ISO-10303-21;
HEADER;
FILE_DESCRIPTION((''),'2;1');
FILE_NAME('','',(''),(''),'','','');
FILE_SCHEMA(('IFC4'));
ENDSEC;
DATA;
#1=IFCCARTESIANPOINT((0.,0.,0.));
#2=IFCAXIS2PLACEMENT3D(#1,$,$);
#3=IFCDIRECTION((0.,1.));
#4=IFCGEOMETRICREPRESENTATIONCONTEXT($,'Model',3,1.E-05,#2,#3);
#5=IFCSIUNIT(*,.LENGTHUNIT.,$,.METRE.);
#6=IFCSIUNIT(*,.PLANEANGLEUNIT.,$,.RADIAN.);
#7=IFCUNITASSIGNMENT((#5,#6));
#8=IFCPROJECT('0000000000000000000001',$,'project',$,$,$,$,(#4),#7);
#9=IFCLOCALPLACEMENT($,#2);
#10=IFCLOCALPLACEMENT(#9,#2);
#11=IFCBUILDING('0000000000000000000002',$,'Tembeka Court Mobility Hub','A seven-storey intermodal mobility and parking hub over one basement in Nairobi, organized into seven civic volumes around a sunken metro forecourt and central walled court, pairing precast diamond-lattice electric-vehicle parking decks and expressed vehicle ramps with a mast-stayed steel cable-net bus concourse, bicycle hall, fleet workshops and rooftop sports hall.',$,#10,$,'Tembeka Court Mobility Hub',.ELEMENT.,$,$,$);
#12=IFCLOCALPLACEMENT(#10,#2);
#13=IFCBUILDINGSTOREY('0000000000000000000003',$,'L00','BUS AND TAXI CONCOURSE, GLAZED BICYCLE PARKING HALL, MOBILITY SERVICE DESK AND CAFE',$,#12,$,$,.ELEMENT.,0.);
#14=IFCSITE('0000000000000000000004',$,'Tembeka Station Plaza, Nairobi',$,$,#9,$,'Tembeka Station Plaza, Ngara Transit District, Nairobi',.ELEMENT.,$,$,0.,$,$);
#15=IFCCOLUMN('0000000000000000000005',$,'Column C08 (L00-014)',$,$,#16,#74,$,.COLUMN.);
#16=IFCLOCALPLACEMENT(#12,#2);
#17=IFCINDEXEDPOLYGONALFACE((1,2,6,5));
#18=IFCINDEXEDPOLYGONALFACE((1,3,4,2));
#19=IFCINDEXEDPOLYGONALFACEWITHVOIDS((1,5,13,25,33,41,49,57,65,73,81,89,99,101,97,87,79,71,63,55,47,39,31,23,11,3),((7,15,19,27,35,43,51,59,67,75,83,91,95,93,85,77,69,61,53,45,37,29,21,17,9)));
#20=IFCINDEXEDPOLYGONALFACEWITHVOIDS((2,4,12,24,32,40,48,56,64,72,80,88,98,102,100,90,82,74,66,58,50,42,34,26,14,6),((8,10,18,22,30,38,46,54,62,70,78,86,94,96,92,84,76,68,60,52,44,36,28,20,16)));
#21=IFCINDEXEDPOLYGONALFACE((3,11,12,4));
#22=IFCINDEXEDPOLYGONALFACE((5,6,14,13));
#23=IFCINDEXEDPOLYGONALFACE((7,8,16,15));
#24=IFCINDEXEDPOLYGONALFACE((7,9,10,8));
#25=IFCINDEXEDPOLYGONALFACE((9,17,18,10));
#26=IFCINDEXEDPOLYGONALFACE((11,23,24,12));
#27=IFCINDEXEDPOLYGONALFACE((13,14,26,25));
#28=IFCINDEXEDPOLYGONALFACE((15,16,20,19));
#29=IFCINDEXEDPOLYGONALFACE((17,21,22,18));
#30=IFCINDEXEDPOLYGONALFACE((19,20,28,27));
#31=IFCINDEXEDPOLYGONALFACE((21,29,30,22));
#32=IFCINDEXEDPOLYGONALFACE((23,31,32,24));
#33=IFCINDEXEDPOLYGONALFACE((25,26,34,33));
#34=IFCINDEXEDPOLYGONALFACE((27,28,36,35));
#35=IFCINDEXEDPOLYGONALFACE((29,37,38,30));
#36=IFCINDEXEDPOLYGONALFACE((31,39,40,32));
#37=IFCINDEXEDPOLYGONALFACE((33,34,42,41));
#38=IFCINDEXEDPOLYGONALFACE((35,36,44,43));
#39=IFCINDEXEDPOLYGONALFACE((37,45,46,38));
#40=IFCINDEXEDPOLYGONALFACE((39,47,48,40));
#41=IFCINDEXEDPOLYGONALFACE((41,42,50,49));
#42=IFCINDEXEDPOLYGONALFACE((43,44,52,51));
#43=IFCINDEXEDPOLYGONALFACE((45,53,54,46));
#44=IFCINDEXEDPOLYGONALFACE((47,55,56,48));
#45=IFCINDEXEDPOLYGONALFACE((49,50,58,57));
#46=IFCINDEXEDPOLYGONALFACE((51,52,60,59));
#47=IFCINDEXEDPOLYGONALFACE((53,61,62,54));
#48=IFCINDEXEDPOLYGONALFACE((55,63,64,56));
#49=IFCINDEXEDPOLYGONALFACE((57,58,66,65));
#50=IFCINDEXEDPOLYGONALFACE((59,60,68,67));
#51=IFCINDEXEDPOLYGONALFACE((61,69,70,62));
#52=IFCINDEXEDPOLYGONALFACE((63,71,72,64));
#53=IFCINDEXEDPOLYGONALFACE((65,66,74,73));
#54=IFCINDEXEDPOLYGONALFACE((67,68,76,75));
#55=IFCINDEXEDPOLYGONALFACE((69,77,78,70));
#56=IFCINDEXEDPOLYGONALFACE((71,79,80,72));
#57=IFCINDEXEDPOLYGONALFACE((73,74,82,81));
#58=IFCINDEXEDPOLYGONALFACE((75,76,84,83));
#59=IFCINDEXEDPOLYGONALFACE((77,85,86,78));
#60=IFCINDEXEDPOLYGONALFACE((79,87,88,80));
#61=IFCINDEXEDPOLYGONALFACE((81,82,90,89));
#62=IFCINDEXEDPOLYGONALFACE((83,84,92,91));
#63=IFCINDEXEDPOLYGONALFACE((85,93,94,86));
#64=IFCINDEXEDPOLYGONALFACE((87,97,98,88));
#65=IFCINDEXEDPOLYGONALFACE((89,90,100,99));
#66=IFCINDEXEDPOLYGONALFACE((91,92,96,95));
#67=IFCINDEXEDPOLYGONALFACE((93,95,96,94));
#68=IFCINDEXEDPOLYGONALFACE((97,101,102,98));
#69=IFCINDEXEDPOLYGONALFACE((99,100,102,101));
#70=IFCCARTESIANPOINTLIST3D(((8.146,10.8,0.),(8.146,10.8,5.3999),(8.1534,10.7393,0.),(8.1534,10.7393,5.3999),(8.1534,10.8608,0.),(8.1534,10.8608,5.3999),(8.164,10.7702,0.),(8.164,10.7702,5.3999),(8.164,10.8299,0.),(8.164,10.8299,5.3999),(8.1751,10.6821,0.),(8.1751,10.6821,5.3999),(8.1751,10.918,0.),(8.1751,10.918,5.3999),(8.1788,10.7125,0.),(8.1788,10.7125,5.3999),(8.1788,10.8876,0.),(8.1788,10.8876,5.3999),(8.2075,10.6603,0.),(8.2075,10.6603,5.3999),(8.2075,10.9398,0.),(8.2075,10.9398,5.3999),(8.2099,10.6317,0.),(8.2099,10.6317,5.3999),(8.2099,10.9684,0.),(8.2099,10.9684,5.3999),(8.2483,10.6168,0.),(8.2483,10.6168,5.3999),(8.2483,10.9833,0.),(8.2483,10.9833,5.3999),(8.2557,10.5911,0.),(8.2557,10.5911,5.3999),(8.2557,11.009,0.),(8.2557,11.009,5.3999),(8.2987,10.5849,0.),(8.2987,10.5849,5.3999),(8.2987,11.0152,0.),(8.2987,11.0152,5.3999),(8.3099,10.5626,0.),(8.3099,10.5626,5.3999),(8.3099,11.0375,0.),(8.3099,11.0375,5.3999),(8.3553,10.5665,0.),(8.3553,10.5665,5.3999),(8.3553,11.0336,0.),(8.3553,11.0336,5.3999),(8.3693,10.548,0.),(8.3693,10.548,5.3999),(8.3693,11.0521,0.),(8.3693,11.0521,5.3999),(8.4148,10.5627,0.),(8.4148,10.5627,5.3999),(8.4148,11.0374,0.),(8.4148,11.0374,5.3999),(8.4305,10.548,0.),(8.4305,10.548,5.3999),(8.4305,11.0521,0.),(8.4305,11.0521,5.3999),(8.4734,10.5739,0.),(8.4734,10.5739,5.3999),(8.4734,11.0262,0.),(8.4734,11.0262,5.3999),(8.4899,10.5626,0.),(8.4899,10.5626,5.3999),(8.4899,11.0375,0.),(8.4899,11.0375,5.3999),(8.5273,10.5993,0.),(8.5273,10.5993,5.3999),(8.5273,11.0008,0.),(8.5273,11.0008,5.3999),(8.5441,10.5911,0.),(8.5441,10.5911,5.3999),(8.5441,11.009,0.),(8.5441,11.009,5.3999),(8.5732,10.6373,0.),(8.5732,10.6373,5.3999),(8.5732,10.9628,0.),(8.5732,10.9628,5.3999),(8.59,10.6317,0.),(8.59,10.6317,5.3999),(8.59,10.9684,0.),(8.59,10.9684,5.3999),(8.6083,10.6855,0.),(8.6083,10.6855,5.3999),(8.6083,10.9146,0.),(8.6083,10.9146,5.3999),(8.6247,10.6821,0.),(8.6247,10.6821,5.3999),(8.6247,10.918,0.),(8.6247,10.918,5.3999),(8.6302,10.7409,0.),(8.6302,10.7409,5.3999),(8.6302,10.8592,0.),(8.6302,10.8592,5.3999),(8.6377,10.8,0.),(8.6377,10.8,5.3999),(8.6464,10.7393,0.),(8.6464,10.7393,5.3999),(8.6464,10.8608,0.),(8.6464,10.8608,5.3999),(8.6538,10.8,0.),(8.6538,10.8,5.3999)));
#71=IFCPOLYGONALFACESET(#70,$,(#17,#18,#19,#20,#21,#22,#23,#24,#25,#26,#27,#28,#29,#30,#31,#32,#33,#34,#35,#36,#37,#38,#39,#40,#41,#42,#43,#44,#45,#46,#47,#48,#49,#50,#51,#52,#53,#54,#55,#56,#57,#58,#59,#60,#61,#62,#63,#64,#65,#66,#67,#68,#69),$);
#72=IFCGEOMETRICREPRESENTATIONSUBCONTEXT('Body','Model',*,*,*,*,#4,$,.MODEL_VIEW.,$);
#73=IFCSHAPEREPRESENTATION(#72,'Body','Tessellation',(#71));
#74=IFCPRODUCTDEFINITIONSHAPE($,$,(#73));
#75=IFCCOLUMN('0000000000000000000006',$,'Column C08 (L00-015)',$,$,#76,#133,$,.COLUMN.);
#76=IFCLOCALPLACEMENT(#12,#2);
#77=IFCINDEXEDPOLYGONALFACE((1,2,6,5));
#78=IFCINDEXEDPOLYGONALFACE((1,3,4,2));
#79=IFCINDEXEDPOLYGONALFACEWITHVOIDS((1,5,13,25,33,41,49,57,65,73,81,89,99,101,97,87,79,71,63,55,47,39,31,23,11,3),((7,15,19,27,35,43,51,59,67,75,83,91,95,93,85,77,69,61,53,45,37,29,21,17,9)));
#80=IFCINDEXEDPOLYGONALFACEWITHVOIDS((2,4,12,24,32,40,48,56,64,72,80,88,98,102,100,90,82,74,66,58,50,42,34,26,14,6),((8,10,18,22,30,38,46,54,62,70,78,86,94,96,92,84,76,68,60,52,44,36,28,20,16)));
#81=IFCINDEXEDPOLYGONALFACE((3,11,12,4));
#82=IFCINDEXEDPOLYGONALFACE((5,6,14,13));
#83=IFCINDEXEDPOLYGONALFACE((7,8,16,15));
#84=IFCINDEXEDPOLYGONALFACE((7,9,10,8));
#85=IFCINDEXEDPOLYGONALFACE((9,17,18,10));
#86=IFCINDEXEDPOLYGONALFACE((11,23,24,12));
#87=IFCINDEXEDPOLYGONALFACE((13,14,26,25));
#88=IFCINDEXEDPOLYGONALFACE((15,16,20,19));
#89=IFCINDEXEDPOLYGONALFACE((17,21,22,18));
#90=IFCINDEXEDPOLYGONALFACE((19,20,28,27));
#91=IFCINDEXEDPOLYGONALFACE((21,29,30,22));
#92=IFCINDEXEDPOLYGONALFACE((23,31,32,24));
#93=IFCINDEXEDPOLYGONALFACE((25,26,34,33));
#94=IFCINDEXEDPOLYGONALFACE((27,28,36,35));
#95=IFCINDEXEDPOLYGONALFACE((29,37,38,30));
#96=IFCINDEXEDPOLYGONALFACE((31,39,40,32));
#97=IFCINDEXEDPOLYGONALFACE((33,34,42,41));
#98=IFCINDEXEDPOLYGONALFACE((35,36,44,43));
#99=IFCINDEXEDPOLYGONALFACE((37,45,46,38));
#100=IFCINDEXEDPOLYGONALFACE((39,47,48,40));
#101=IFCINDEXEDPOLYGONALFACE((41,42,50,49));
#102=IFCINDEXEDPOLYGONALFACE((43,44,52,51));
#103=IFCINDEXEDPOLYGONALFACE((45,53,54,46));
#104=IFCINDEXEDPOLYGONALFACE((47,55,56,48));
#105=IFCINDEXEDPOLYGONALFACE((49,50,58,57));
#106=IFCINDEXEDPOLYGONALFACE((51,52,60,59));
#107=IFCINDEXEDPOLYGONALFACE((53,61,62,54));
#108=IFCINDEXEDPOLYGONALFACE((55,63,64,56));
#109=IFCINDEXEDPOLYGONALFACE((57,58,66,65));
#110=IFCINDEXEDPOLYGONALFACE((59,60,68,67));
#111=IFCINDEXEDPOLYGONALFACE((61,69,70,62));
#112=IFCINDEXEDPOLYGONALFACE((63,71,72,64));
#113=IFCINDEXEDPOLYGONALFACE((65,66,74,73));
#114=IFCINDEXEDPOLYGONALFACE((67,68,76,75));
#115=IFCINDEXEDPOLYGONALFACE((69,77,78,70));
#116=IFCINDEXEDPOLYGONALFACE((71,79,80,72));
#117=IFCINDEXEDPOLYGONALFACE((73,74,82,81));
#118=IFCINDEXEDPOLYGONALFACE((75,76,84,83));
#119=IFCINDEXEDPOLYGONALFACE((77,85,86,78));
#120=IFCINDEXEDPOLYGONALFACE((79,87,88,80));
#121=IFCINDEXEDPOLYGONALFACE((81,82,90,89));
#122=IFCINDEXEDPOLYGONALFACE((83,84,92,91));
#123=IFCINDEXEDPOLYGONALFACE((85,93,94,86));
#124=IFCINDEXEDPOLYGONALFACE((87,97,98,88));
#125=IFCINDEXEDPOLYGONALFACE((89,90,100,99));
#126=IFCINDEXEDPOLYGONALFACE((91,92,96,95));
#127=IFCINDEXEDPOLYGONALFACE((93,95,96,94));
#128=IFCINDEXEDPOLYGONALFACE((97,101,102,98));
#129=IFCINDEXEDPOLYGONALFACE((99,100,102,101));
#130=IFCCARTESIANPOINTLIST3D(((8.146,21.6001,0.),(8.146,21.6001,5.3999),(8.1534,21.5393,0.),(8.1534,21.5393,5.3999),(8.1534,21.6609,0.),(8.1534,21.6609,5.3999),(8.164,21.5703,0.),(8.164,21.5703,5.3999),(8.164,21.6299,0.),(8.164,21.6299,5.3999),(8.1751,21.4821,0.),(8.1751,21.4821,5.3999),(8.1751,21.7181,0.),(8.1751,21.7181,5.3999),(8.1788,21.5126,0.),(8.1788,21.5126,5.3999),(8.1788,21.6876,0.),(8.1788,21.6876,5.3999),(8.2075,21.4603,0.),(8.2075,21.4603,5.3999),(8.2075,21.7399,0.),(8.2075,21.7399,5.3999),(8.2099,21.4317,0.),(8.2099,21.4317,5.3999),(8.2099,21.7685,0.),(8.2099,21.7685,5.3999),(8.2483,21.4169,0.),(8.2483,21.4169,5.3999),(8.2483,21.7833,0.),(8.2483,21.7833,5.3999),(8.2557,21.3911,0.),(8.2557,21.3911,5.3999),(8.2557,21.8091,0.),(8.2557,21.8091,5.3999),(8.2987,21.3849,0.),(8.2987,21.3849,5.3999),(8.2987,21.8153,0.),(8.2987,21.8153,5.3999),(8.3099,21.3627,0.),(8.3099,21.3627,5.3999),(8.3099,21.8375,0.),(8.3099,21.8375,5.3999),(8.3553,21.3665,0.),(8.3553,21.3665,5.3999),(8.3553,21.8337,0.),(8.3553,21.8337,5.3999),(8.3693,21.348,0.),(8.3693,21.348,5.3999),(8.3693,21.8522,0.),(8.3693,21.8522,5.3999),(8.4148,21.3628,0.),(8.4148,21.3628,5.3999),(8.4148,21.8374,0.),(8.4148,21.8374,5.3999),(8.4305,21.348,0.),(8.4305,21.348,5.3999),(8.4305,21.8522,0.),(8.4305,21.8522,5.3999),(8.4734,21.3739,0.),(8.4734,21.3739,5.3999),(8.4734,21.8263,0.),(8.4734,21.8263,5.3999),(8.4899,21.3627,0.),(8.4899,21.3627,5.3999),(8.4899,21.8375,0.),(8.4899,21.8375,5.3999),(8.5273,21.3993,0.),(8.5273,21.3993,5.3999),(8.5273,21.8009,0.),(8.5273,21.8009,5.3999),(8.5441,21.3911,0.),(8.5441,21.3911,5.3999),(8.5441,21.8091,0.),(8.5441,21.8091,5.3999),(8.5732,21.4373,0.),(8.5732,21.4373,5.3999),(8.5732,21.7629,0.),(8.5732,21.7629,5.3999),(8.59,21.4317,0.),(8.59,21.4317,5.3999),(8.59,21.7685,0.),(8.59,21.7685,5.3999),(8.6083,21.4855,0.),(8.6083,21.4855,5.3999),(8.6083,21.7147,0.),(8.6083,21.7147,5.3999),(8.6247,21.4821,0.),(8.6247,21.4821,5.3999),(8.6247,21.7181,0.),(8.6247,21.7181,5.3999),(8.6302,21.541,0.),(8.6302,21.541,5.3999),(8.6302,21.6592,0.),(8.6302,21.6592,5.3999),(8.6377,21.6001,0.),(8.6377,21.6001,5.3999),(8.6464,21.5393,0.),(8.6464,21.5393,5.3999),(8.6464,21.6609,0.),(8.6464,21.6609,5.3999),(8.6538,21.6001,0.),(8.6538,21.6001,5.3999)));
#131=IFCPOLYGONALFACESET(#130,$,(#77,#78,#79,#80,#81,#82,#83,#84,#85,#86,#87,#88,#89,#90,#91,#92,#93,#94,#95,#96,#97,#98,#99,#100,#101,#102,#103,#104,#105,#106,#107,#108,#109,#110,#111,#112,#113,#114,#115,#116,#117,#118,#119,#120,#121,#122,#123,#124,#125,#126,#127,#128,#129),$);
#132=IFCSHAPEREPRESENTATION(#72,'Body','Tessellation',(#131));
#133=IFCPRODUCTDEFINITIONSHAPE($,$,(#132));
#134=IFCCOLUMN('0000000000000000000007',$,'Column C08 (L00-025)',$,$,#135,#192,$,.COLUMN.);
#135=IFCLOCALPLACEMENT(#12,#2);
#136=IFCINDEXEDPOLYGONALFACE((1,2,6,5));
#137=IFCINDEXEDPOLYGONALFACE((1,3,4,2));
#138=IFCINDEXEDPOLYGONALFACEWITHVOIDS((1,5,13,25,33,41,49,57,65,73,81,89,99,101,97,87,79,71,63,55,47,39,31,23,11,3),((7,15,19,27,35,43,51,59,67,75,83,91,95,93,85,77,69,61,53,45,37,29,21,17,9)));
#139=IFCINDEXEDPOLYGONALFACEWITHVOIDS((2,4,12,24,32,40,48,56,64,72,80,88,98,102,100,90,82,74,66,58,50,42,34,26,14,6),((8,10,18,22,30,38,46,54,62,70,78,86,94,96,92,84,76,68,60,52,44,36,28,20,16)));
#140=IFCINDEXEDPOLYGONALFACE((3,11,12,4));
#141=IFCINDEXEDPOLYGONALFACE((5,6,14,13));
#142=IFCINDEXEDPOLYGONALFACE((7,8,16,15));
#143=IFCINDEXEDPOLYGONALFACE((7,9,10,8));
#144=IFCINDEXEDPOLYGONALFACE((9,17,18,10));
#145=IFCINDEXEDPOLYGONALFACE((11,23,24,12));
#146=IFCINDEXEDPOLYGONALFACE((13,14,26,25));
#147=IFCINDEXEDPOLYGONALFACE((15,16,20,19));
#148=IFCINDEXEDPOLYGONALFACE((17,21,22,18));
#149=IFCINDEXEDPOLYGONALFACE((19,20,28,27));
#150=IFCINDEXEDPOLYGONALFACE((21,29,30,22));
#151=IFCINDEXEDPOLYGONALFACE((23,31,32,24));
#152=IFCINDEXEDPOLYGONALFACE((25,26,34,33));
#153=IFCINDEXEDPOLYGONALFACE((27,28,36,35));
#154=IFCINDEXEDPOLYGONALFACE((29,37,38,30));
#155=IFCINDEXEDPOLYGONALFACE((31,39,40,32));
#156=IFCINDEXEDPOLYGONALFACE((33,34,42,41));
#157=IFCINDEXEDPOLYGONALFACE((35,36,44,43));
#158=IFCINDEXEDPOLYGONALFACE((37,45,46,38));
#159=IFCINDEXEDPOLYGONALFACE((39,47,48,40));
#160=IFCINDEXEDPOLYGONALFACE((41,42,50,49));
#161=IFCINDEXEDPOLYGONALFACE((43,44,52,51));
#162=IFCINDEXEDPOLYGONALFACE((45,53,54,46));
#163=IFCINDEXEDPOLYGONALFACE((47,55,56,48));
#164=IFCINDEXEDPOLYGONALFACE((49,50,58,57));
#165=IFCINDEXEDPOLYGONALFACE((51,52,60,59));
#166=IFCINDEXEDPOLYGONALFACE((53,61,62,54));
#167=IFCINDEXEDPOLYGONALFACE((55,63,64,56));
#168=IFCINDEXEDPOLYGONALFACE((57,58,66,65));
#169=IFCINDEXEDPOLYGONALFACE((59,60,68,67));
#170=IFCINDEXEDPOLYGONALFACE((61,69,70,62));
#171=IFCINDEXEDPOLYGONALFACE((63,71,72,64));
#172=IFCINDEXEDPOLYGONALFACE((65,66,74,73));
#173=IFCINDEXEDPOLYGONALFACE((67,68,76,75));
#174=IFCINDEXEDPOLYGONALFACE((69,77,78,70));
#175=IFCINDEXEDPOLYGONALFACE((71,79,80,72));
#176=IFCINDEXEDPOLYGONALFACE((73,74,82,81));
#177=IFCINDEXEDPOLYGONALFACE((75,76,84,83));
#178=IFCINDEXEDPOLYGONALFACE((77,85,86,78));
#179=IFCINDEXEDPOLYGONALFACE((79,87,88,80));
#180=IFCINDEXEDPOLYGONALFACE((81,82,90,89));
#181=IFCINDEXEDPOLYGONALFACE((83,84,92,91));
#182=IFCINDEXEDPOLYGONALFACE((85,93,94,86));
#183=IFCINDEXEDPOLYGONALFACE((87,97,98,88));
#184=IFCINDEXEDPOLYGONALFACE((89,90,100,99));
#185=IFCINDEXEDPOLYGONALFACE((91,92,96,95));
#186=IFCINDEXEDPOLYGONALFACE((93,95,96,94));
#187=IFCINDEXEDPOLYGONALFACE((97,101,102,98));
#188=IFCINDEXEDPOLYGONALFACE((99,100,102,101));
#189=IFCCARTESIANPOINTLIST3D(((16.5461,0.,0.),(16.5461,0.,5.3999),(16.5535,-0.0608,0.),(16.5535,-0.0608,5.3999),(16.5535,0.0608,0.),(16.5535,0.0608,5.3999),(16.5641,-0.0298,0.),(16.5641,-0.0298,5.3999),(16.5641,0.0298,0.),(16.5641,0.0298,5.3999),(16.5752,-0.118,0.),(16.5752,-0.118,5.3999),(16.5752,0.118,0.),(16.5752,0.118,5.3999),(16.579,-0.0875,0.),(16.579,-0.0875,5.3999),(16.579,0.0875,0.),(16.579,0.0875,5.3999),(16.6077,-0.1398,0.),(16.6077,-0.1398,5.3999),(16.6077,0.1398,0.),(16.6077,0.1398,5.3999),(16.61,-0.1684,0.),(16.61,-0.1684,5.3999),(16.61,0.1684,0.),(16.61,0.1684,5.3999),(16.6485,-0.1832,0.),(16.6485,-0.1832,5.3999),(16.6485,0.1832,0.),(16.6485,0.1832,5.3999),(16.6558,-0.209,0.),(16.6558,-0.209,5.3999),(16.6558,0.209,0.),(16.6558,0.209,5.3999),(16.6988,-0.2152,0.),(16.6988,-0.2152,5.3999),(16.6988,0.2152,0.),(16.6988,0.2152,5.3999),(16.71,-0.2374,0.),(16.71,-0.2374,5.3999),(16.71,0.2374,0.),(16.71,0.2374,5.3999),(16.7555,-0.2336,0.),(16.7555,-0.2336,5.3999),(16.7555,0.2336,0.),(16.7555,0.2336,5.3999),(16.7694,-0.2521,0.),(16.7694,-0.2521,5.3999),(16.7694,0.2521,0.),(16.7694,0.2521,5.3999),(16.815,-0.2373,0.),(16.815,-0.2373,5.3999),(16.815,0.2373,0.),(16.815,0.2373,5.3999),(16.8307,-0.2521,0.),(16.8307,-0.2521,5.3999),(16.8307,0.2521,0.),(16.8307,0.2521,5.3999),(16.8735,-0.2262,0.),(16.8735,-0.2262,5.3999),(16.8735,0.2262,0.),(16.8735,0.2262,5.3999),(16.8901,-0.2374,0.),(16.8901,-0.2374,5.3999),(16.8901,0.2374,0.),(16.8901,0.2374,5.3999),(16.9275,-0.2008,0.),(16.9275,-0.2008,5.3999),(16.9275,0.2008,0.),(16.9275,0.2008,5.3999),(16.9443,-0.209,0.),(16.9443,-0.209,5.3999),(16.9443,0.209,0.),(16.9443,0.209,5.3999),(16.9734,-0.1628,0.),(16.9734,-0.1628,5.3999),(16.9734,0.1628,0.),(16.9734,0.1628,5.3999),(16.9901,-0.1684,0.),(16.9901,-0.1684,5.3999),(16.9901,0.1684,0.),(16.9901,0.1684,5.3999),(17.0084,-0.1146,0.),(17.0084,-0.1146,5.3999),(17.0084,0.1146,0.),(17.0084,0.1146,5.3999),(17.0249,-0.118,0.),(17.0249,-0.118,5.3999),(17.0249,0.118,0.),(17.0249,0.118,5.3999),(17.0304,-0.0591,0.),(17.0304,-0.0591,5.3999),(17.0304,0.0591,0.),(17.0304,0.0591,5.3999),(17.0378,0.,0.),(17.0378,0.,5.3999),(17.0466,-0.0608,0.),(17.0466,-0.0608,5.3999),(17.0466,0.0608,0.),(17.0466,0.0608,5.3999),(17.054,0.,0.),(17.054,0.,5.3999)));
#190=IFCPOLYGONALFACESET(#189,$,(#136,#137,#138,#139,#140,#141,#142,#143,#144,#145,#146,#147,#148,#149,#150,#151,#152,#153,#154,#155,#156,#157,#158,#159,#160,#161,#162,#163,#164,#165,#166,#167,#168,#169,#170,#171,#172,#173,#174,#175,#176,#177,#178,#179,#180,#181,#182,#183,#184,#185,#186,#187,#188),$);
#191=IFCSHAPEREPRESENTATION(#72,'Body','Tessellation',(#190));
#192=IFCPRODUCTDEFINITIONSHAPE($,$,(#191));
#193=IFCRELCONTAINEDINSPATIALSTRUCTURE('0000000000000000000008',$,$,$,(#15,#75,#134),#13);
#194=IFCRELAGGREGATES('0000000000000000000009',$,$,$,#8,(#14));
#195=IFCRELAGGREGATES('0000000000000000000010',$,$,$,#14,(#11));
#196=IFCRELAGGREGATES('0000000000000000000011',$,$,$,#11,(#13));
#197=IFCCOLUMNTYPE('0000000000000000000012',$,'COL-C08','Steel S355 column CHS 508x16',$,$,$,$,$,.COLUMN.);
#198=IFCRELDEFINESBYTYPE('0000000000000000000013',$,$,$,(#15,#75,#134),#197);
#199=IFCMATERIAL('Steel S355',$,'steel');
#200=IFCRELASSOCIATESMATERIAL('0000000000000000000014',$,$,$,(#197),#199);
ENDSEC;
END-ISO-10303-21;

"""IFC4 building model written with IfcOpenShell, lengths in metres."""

from ifc_helpers import new_model, si_unit, direction, frame, origin, origin_2d, place, context, subcontext, project, spatial, hollow_circle, extrude, material, material_profile, profile_set, type_object, element, save


model = new_model("IFC4")

# Units and contexts
model_context = context("Model", 3, precision=1e-05, world=origin(), true_north=direction((0.0, 1.0)))
body_context = subcontext(model_context, "Body", "Model", "MODEL_VIEW")
ifc_project = project(units=[si_unit("LENGTHUNIT", "METRE"), si_unit("PLANEANGLEUNIT", "RADIAN")], contexts=[model_context])

# Site, building, storey
site_placement = place(None, origin())
site = spatial("IfcSite", under=ifc_project, at=site_placement, Name="Tembeka Station Plaza, Nairobi", LongName="Tembeka Station Plaza, Ngara Transit District, Nairobi", CompositionType="ELEMENT", RefElevation=0.0)
building_placement = place(site_placement, origin())
building = spatial("IfcBuilding", under=site, at=building_placement, Name="Tembeka Court Mobility Hub", Description="A seven-storey intermodal mobility and parking hub over one basement in Nairobi, organized into seven civic volumes around a sunken metro forecourt and central walled court, pairing precast diamond-lattice electric-vehicle parking decks and expressed vehicle ramps with a mast-stayed steel cable-net bus concourse, bicycle hall, fleet workshops and rooftop sports hall.", LongName="Tembeka Court Mobility Hub", CompositionType="ELEMENT")
storey_placement = place(building_placement, origin())
storey = spatial("IfcBuildingStorey", under=building, at=storey_placement, Name="L00", Description="BUS AND TAXI CONCOURSE, GLAZED BICYCLE PARKING HALL, MOBILITY SERVICE DESK AND CAFE", CompositionType="ELEMENT", Elevation=0.0)

# Columns
ifc_material_1 = material(Name="Steel S355", Category="steel")
ifc_material_profile_1 = material_profile(ifc_material_1, hollow_circle(Radius=0.2539, WallThickness=0.0161, at=origin_2d()), Name="CHS 508x16")
ifc_profile_set_1 = profile_set([ifc_material_profile_1], Name="Steel S355")
column_type_1 = type_object("IfcColumnType", Name="COL-C08", Description="Steel S355 column CHS 508x16", PredefinedType="COLUMN", material=ifc_profile_set_1)
for number, where, z_axis, x_axis, name in (
    (1, (8.3999, 10.8, 0.0), (0.0, 0.0, 1.0), (1.0, 0.0, 0.0), "Column C08 (L00-014)"),
    (2, (8.3999, 21.6001, 0.0), (0.0, 0.0, 1.0), (1.0, 0.0, 0.0), "Column C08 (L00-015)"),
    (3, (16.8, 0.0, 0.0), (0.0, 0.0, 1.0), (1.0, 0.0, 0.0), "Column C08 (L00-025)"),
):
    element("IfcColumn", number, at=place(storey_placement, frame(where, z_axis=z_axis, x_axis=x_axis)), inside=storey, type_object=column_type_1, Name=name, PredefinedType="COLUMN", context=body_context, shape_type="SweptSolid", body=[
        extrude(hollow_circle(Radius=0.2539, WallThickness=0.0161, at=origin_2d()), origin(), (0.0, 0.0, 1.0), 5.3999),
    ])

save(model, "model.ifc")
